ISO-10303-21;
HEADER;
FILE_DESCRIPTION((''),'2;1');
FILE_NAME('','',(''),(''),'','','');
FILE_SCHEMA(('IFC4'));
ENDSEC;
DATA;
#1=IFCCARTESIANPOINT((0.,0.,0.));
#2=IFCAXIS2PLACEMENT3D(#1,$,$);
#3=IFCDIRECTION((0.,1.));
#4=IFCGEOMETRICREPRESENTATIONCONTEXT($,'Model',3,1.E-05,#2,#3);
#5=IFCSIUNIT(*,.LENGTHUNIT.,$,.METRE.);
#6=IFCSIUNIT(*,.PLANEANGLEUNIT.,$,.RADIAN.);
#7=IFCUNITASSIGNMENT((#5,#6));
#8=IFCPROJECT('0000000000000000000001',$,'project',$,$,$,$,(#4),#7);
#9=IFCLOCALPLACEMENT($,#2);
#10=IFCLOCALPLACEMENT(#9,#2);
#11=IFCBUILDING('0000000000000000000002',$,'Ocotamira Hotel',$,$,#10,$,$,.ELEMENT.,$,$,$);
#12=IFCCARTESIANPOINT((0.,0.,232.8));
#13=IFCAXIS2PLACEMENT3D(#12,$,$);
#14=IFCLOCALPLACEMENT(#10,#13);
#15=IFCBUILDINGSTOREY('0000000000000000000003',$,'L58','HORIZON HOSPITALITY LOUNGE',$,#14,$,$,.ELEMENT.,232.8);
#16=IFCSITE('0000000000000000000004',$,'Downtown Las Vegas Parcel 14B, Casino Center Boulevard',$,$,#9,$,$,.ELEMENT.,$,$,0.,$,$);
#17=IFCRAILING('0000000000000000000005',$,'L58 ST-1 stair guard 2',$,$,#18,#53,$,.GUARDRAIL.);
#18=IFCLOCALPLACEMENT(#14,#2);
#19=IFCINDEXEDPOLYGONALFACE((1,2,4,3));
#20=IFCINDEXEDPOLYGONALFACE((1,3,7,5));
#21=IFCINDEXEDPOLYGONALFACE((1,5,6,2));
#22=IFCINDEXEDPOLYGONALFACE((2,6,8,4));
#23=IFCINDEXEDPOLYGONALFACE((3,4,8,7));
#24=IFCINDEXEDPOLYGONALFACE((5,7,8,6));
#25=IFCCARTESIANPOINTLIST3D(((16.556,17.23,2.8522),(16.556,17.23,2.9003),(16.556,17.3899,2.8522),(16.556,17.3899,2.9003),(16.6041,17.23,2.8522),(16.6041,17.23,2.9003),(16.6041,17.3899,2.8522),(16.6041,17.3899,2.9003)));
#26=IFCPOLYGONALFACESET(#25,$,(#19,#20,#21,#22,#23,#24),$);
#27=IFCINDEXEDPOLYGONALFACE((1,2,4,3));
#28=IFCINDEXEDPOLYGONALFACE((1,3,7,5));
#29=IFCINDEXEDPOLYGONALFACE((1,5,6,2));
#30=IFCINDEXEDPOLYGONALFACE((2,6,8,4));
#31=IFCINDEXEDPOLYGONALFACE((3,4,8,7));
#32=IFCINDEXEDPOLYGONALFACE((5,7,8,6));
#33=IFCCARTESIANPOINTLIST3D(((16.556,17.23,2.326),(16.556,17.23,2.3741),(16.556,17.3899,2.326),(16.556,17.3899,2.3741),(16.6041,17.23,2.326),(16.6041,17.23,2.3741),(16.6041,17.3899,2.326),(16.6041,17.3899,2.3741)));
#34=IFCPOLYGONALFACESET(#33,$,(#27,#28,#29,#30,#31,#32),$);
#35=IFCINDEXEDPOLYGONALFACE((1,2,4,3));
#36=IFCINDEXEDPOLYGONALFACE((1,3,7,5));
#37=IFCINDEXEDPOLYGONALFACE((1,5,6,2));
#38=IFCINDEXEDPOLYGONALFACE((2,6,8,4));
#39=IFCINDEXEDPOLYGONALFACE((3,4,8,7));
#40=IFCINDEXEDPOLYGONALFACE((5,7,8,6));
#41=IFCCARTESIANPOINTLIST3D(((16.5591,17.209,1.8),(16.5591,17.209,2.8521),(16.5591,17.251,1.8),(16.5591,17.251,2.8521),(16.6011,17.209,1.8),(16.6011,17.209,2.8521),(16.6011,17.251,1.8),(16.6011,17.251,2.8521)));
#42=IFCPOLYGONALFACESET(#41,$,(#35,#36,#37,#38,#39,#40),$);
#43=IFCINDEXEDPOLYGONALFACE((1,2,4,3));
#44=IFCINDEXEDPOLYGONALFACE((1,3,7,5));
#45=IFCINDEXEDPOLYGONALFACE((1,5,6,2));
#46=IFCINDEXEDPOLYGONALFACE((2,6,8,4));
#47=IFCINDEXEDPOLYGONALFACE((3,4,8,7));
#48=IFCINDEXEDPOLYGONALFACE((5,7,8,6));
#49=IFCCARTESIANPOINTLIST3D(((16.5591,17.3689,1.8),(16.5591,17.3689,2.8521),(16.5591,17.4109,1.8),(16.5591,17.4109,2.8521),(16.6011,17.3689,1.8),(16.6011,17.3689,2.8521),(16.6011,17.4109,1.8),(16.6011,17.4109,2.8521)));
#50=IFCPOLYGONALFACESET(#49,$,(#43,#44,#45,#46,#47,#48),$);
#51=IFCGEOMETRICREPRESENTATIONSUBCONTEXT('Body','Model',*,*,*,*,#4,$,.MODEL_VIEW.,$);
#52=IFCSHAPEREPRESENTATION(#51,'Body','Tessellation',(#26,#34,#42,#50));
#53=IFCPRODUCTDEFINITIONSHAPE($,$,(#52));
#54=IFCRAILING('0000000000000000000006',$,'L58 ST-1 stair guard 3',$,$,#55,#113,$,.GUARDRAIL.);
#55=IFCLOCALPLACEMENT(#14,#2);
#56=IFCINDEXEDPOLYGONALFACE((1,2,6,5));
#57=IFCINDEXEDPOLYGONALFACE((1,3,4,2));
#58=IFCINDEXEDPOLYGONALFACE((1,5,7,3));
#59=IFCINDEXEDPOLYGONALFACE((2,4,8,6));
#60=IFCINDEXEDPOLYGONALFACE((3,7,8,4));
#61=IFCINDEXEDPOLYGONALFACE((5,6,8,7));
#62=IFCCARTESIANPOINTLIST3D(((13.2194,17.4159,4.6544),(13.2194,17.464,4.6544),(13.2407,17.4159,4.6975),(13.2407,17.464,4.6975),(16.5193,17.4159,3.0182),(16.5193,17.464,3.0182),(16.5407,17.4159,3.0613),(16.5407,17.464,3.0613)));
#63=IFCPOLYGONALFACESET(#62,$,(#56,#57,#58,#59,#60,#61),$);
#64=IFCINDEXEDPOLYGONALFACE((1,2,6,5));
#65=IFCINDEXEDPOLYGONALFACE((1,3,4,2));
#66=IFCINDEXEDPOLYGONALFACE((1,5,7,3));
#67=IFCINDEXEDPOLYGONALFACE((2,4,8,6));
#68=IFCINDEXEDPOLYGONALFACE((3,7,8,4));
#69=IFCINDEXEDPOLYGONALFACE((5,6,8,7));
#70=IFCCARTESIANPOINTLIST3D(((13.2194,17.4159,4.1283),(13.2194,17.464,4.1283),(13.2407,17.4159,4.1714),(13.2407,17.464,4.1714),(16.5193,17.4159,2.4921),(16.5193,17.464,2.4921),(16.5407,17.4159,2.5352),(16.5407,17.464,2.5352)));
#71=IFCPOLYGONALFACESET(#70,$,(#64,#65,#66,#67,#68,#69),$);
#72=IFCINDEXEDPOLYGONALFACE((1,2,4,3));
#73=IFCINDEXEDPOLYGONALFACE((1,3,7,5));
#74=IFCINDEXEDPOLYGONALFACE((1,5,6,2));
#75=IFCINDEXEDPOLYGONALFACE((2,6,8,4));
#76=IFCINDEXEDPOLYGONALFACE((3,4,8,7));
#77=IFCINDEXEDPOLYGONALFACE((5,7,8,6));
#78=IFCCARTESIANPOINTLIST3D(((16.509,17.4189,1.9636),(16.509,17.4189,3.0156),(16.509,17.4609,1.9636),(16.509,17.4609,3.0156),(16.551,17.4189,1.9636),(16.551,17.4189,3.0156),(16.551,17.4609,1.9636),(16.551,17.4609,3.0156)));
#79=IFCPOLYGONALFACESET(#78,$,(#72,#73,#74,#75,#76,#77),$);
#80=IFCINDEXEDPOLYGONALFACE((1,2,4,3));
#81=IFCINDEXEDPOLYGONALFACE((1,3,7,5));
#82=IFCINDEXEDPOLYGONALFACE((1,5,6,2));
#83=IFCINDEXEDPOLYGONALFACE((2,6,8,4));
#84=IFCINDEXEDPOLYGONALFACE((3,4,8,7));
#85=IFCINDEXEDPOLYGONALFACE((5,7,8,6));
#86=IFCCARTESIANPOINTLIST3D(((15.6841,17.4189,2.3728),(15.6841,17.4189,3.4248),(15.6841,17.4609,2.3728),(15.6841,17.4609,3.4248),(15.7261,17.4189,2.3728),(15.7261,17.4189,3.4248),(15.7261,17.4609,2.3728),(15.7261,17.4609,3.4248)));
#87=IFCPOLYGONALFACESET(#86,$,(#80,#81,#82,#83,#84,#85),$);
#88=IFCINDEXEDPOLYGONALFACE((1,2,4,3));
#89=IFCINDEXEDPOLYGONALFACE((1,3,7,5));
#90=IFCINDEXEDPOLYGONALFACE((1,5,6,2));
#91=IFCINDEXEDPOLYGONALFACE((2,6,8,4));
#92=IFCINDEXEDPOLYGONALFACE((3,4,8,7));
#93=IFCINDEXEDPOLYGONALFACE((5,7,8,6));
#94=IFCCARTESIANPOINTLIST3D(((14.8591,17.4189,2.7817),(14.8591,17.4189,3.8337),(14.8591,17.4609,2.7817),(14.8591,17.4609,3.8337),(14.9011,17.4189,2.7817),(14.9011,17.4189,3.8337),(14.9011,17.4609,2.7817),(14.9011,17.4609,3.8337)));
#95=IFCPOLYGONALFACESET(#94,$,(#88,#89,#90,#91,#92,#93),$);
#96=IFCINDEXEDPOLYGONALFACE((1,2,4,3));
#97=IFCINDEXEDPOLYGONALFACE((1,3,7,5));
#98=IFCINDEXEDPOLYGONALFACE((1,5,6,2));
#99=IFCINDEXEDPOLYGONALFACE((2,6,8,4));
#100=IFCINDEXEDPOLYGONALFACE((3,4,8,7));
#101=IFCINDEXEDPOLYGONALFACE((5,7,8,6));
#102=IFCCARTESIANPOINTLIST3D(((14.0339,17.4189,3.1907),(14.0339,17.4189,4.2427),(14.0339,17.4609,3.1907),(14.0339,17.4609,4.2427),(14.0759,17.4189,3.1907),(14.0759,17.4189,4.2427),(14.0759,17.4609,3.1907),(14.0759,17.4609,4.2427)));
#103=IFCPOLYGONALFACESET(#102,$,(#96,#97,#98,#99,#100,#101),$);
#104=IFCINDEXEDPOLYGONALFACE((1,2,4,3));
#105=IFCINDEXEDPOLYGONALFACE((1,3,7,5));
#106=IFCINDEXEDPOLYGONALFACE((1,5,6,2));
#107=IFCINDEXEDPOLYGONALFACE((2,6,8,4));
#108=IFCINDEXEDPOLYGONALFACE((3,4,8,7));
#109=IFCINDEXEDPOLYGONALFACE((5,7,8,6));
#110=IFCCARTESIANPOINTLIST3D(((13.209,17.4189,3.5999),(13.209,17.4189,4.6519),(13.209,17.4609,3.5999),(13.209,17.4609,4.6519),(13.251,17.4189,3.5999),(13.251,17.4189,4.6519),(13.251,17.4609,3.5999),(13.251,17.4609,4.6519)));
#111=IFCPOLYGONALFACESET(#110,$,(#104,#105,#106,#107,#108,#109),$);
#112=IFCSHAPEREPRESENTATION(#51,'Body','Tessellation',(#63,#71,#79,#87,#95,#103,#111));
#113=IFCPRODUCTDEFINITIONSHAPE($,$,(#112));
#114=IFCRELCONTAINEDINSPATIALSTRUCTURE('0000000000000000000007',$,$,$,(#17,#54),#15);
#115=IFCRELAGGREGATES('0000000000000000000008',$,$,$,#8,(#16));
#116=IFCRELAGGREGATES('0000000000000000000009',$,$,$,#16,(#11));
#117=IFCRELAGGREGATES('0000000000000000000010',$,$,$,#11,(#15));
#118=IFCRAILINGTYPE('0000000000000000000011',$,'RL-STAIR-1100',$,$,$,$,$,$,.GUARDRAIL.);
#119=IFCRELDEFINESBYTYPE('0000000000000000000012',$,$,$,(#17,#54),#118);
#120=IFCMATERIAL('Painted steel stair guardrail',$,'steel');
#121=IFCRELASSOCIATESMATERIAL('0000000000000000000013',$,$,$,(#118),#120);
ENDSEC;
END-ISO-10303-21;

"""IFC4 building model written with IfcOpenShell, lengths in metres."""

from ifc_helpers import new_model, si_unit, direction, frame, origin, origin_2d, place, context, subcontext, project, spatial, rectangle, extrude, material, type_object, element, save


model = new_model("IFC4")

# Units and contexts
model_context = context("Model", 3, precision=1e-05, world=origin(), true_north=direction((0.0, 1.0)))
body_context = subcontext(model_context, "Body", "Model", "MODEL_VIEW")
ifc_project = project(units=[si_unit("LENGTHUNIT", "METRE"), si_unit("PLANEANGLEUNIT", "RADIAN")], contexts=[model_context])

# Site, building, storey
site_placement = place(None, origin())
site = spatial("IfcSite", under=ifc_project, at=site_placement, Name="Downtown Las Vegas Parcel 14B, Casino Center Boulevard", CompositionType="ELEMENT", RefElevation=0.0)
building_placement = place(site_placement, origin())
building = spatial("IfcBuilding", under=site, at=building_placement, Name="Ocotamira Hotel", CompositionType="ELEMENT")
storey_placement = place(building_placement, frame((0.0, 0.0, 232.8)))
storey = spatial("IfcBuildingStorey", under=building, at=storey_placement, Name="L58", Description="HORIZON HOSPITALITY LOUNGE", CompositionType="ELEMENT", Elevation=232.8)

# Railings
ifc_material_1 = material(Name="Painted steel stair guardrail", Category="steel")
railing_type_1 = type_object("IfcRailingType", Name="RL-STAIR-1100", PredefinedType="GUARDRAIL", material=ifc_material_1)
railing_1_placement = place(storey_placement, frame((16.5801, 17.23, 1.8)))
element("IfcRailing", 1, at=railing_1_placement, inside=storey, type_object=railing_type_1, Name="L58 ST-1 stair guard 2", PredefinedType="GUARDRAIL", context=body_context, shape_type="SweptSolid", body=[
    extrude(rectangle(XDim=0.0481, YDim=0.0481, at=origin_2d()), frame((0.0, 0.0, 1.0762), z_axis=(0.0, 1.0, 0.0), x_axis=(-1.0, 0.0, 0.0)), (0.0, 0.0, 1.0), 0.1599),
    extrude(rectangle(XDim=0.0481, YDim=0.0481, at=origin_2d()), frame((0.0, 0.0, 0.55), z_axis=(0.0, 1.0, 0.0), x_axis=(-1.0, 0.0, 0.0)), (0.0, 0.0, 1.0), 0.1599),
    extrude(rectangle(XDim=0.042, YDim=0.042, at=origin_2d()), origin(), (0.0, 0.0, 1.0), 1.052),
    extrude(rectangle(XDim=0.042, YDim=0.042, at=origin_2d()), frame((0.0, 0.1599, 0.0)), (0.0, 0.0, 1.0), 1.052),
])
railing_2_placement = place(storey_placement, frame((16.53, 17.4399, 1.9636)))
element("IfcRailing", 2, at=railing_2_placement, inside=storey, type_object=railing_type_1, Name="L58 ST-1 stair guard 3", PredefinedType="GUARDRAIL", context=body_context, shape_type="SweptSolid", body=[
    extrude(rectangle(XDim=0.0481, YDim=0.0481, at=origin_2d()), frame((0.0, 0.0, 1.0762), z_axis=(-0.89592, 0.0, 0.444215), x_axis=(0.0, -1.0, 0.0)), (0.0, 0.0, 1.0), 3.6833),
    extrude(rectangle(XDim=0.0481, YDim=0.0481, at=origin_2d()), frame((0.0, 0.0, 0.55), z_axis=(-0.89592, 0.0, 0.444215), x_axis=(0.0, -1.0, 0.0)), (0.0, 0.0, 1.0), 3.6833),
    extrude(rectangle(XDim=0.042, YDim=0.042, at=origin_2d()), origin(), (0.0, 0.0, 1.0), 1.052),
    extrude(rectangle(XDim=0.042, YDim=0.042, at=origin_2d()), frame((-0.825, 0.0, 0.4092)), (0.0, 0.0, 1.0), 1.052),
    extrude(rectangle(XDim=0.042, YDim=0.042, at=origin_2d()), frame((-1.6499, 0.0, 0.8181)), (0.0, 0.0, 1.0), 1.052),
    extrude(rectangle(XDim=0.042, YDim=0.042, at=origin_2d()), frame((-2.4751, 0.0, 1.2271)), (0.0, 0.0, 1.0), 1.052),
    extrude(rectangle(XDim=0.042, YDim=0.042, at=origin_2d()), frame((-3.3, 0.0, 1.6362)), (0.0, 0.0, 1.0), 1.052),
])

save(model, "model.ifc")
